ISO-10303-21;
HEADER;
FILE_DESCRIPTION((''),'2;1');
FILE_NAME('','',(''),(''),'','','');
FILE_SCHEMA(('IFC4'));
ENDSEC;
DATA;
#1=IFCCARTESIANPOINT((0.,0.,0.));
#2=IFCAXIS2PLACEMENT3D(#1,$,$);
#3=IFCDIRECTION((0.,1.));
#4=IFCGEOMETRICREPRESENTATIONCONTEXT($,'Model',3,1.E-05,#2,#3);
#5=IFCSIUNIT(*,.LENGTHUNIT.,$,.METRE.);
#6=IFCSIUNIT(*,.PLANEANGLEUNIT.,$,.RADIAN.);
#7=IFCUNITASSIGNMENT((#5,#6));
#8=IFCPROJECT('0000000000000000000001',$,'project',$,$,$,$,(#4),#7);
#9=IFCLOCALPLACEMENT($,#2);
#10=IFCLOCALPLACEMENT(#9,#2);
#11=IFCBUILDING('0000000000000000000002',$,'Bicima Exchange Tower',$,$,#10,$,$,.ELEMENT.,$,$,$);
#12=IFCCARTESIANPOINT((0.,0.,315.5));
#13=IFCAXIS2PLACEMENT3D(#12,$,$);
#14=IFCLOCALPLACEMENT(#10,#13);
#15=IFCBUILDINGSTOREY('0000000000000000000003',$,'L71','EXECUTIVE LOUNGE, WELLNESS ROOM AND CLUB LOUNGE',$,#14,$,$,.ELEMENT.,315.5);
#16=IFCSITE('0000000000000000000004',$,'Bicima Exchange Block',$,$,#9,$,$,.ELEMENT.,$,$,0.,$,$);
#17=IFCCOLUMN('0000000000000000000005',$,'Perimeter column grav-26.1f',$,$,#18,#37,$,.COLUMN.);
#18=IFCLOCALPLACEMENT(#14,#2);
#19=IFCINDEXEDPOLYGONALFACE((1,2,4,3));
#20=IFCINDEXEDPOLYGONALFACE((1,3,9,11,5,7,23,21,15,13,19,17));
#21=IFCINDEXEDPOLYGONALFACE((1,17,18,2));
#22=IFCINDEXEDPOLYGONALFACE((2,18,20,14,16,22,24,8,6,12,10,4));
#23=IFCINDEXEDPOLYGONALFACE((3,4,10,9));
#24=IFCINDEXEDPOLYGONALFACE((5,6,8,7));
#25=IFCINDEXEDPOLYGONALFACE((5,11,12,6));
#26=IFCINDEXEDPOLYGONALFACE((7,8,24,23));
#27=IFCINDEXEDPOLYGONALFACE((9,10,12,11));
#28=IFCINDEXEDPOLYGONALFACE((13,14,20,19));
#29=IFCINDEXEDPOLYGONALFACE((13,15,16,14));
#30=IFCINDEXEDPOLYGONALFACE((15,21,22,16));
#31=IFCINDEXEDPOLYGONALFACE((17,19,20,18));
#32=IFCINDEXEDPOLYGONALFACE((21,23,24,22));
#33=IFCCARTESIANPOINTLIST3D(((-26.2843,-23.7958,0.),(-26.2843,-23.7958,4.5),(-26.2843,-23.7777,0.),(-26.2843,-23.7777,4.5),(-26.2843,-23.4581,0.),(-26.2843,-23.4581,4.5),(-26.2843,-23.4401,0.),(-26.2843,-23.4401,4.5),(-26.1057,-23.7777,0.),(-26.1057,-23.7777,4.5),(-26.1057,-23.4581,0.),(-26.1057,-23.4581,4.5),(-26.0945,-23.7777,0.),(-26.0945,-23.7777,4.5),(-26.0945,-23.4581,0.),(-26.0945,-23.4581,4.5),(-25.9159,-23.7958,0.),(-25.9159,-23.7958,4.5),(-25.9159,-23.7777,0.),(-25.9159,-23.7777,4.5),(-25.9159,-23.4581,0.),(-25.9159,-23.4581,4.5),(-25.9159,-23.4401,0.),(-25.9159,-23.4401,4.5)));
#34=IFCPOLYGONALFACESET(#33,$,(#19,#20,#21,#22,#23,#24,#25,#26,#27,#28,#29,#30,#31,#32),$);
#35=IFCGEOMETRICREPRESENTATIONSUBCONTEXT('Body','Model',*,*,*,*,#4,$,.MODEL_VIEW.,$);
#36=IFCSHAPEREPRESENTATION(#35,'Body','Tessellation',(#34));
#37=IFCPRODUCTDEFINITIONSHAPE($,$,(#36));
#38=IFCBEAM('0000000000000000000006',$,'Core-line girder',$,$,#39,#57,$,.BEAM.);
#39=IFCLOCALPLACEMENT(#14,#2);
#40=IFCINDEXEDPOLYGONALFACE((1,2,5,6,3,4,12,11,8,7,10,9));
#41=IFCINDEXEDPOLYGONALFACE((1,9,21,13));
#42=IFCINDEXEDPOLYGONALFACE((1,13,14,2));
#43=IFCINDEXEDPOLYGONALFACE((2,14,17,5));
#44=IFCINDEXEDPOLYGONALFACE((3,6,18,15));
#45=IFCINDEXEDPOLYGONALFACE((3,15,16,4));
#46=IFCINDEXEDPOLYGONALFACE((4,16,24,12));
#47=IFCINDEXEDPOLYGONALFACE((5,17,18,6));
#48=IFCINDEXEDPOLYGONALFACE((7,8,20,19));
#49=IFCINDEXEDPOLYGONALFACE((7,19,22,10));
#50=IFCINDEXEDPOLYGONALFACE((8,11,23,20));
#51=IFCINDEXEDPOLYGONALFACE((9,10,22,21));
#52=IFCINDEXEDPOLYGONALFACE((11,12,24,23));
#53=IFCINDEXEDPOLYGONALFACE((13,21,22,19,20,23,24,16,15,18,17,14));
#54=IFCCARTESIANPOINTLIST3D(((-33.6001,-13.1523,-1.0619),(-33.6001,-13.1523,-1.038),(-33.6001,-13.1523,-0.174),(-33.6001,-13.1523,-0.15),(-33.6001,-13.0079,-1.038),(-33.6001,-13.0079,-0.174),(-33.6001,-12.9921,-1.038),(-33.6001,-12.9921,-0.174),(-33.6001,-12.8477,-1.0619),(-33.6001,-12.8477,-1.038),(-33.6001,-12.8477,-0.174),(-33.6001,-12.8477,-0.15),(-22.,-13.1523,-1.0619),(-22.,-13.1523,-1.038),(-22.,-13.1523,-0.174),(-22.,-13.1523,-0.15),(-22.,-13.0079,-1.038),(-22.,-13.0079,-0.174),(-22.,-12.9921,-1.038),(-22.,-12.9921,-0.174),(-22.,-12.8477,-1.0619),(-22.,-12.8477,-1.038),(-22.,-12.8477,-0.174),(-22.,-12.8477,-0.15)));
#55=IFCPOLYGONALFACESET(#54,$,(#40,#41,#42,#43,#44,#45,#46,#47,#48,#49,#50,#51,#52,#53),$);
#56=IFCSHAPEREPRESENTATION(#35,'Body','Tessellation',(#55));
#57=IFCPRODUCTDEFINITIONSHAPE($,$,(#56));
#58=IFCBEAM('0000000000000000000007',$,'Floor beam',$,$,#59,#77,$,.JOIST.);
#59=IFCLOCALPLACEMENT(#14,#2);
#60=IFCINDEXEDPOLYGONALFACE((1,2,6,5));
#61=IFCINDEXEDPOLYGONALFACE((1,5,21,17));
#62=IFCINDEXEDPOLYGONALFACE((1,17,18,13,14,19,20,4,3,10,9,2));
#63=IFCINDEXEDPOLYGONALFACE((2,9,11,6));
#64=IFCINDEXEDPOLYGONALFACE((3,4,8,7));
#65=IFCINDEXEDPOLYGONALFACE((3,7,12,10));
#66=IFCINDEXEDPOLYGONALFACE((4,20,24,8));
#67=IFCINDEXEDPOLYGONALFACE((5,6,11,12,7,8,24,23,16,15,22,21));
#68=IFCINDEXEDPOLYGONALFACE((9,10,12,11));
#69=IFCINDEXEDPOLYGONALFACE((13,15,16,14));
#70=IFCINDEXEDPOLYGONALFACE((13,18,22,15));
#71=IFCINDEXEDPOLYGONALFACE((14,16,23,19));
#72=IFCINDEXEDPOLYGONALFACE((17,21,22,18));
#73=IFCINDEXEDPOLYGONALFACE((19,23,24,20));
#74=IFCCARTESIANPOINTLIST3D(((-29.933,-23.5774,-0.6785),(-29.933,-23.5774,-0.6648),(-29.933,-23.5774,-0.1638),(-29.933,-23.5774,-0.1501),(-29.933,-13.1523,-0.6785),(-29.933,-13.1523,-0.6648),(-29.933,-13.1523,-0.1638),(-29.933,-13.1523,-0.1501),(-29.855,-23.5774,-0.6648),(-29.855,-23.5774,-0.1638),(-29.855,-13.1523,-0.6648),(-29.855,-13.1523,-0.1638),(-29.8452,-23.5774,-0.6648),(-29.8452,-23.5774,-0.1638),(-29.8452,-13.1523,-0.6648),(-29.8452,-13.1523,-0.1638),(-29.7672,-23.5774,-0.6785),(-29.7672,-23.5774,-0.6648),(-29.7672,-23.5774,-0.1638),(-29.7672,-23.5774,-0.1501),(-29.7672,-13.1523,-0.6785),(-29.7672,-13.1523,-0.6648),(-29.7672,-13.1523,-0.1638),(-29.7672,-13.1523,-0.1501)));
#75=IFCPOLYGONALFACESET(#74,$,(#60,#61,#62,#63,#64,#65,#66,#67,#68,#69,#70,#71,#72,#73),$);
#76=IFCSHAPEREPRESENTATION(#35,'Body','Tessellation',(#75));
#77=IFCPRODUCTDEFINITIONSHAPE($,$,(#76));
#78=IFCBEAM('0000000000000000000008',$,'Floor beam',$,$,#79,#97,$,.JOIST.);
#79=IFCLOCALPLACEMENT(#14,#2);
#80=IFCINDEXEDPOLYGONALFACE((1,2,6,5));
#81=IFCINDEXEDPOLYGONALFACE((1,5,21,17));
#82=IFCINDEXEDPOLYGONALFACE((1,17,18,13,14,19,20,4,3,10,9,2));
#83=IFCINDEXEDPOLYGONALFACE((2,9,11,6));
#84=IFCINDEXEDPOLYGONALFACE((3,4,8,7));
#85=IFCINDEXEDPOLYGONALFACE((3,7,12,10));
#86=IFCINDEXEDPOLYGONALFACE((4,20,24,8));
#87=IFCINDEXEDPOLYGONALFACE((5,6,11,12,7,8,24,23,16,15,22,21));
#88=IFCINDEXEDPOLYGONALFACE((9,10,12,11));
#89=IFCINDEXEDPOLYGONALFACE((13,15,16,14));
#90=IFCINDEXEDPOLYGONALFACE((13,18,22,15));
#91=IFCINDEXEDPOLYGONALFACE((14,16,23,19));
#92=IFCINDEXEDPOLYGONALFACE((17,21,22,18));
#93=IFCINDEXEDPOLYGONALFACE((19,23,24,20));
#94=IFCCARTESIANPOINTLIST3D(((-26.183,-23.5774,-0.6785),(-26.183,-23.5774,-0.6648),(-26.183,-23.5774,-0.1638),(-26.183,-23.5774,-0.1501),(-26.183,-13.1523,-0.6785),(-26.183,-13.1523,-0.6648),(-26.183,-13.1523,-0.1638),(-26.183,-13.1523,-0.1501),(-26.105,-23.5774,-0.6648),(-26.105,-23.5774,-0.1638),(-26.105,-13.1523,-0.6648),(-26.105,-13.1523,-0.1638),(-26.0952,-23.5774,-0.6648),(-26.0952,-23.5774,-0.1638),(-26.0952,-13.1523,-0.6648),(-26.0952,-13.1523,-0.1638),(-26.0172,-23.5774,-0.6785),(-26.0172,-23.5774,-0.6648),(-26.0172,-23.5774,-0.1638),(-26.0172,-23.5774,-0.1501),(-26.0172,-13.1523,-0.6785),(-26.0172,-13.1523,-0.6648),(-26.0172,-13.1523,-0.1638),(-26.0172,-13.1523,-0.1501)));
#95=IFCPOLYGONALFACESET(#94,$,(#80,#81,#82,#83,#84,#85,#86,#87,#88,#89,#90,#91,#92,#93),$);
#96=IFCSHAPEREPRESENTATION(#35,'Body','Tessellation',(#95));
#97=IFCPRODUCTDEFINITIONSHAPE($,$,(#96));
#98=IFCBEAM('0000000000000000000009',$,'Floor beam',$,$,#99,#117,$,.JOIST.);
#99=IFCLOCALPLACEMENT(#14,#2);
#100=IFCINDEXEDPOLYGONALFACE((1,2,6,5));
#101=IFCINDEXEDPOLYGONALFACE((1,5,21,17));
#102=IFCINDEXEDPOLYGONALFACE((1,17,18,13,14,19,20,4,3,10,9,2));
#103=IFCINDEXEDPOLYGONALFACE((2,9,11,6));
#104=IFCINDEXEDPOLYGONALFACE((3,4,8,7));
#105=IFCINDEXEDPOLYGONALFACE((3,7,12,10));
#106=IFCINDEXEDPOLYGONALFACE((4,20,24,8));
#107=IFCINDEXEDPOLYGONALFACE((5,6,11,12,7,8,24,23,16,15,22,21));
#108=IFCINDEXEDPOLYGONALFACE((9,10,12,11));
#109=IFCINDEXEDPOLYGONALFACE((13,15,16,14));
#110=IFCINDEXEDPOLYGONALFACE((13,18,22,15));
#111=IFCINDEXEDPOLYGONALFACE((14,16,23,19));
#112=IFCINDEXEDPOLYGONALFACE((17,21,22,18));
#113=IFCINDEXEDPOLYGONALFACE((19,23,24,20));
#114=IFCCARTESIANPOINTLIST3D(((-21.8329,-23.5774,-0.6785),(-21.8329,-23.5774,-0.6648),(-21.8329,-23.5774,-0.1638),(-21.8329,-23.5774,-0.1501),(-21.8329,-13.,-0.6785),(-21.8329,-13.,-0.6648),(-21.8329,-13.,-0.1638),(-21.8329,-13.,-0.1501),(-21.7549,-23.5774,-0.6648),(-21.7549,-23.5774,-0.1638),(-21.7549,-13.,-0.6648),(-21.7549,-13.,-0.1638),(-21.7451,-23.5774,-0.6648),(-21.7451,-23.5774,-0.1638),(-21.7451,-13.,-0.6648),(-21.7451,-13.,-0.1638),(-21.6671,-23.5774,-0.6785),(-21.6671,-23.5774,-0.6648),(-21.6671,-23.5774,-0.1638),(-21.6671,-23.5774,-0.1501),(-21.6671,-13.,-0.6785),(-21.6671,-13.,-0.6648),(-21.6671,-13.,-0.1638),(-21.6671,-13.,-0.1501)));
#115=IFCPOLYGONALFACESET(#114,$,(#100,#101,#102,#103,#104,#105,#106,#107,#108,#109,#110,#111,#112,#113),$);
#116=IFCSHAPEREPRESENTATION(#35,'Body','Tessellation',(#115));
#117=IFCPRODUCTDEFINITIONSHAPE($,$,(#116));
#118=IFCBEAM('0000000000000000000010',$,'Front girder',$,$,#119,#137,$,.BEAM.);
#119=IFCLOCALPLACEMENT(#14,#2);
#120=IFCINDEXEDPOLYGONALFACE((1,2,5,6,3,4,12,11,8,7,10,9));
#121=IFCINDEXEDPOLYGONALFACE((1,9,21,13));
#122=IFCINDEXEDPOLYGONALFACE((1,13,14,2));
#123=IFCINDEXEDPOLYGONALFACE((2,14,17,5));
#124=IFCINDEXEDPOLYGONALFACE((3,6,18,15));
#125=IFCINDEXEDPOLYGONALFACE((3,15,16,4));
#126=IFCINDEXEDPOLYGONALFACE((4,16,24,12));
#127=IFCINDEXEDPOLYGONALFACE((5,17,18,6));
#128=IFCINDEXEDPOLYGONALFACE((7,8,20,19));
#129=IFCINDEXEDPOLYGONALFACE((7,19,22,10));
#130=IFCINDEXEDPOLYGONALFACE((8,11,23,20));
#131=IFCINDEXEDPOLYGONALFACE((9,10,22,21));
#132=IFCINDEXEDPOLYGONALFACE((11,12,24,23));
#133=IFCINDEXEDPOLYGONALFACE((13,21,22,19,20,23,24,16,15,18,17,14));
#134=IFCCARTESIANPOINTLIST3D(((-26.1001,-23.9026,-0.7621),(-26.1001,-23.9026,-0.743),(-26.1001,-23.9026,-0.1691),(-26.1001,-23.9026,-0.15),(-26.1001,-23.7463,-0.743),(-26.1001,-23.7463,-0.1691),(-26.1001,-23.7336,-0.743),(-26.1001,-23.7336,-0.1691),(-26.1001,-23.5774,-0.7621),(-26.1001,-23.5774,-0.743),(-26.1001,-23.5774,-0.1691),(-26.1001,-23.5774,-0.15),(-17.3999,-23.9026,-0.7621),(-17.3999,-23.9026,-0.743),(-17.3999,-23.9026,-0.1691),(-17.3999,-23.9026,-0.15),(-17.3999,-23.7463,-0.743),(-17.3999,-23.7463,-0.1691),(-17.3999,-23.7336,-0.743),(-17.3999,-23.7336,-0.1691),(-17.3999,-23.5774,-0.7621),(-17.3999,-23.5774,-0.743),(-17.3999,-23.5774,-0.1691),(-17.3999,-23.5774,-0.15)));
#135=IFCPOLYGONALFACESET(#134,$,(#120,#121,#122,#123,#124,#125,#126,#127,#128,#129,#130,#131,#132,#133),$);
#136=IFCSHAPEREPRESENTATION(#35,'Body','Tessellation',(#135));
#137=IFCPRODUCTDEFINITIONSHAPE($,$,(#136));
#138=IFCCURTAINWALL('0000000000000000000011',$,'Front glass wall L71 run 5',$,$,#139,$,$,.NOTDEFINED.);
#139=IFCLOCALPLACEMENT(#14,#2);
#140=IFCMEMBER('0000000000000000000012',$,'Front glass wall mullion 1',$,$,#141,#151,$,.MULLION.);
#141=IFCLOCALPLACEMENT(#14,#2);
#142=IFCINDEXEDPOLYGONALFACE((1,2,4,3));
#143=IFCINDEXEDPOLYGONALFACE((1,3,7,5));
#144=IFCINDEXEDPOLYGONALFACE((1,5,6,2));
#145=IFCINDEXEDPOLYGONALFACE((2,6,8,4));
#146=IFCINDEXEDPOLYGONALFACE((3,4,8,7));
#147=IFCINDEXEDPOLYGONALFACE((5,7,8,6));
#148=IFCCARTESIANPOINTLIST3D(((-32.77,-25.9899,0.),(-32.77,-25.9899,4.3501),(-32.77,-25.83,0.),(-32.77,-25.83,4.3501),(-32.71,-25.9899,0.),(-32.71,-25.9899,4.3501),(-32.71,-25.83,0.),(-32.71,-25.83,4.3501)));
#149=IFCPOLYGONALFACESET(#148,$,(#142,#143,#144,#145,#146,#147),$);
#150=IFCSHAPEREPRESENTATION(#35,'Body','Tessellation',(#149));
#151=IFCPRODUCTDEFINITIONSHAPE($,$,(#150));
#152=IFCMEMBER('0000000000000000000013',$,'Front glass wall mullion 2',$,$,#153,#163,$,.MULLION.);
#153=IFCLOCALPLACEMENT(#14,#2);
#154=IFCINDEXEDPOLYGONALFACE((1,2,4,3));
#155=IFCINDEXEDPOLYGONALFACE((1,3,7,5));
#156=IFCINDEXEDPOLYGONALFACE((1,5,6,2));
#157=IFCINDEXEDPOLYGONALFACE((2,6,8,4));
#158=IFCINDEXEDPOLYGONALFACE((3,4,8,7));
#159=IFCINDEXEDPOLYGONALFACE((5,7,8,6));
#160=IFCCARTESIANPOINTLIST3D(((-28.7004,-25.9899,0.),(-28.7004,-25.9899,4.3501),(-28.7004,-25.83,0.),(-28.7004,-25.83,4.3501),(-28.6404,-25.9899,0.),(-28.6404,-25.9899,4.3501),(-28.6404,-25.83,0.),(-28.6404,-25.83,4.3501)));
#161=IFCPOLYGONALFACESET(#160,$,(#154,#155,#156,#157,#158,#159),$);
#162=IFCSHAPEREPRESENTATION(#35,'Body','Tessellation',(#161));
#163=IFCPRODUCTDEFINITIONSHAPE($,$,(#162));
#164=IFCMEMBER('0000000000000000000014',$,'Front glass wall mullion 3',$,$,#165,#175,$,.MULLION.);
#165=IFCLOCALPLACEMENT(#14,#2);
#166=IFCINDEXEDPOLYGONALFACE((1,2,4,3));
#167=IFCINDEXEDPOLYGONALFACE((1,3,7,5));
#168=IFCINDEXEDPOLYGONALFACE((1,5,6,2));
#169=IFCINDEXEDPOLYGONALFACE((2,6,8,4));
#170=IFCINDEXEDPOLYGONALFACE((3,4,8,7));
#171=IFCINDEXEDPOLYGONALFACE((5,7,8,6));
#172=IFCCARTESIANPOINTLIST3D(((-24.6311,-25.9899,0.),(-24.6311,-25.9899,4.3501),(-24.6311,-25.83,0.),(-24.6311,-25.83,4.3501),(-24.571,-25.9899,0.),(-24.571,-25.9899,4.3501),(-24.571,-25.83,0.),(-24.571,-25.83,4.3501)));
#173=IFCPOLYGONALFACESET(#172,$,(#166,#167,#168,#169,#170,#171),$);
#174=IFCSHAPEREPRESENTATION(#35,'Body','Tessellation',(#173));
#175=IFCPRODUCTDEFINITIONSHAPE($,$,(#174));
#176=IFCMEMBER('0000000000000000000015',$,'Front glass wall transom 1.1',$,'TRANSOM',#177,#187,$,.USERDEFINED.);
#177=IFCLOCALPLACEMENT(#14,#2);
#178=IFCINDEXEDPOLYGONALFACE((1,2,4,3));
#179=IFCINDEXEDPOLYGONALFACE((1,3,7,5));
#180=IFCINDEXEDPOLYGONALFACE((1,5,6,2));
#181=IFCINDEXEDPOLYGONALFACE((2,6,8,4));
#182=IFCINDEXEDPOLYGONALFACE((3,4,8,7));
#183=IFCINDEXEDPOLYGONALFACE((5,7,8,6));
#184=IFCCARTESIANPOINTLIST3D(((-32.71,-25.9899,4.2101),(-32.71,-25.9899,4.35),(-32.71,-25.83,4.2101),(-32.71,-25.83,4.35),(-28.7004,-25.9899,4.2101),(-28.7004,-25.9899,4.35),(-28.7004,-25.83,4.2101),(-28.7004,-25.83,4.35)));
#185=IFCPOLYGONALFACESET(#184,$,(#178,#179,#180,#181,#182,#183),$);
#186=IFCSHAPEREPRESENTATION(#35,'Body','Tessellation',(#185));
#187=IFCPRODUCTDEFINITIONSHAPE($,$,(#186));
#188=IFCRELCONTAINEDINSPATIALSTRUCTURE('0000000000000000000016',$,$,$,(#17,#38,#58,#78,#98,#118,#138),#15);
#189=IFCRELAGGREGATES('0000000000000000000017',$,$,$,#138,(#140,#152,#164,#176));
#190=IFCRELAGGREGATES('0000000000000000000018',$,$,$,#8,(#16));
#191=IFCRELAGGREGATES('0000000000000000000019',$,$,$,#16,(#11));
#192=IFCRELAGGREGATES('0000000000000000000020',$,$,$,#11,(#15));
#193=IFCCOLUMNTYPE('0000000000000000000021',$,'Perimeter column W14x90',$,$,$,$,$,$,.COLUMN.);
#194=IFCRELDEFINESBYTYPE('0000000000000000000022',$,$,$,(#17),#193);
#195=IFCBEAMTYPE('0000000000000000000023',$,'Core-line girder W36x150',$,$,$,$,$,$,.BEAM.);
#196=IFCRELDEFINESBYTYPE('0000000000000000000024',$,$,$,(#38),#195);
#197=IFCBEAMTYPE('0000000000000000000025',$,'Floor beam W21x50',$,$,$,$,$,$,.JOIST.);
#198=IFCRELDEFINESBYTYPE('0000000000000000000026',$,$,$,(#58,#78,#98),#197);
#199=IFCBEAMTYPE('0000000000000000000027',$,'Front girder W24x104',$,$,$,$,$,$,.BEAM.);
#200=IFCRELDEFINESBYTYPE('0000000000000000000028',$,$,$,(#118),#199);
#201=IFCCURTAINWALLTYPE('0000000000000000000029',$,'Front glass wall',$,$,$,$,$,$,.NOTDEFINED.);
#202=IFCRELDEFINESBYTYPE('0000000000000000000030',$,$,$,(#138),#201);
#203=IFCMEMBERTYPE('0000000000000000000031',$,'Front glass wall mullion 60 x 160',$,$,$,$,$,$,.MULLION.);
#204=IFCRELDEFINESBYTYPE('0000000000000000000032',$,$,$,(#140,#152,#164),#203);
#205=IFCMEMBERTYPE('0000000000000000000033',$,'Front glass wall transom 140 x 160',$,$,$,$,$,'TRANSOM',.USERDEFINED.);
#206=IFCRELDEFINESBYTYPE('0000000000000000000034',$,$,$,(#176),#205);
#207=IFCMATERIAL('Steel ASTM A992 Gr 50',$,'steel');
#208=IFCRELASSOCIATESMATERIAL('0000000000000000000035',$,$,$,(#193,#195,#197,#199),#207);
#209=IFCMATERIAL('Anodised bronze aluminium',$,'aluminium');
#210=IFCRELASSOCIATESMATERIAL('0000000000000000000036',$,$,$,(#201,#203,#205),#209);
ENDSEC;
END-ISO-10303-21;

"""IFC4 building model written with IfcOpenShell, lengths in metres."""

from ifc_helpers import new_model, si_unit, direction, frame, origin, origin_2d, place, context, subcontext, project, spatial, rectangle, i_section, extrude, material, material_profile, profile_set, type_object, element, aggregate, save


model = new_model("IFC4")

# Units and contexts
model_context = context("Model", 3, precision=1e-05, world=origin(), true_north=direction((0.0, 1.0)))
body_context = subcontext(model_context, "Body", "Model", "MODEL_VIEW")
ifc_project = project(units=[si_unit("LENGTHUNIT", "METRE"), si_unit("PLANEANGLEUNIT", "RADIAN")], contexts=[model_context])

# Site, building, storey
site_placement = place(None, origin())
site = spatial("IfcSite", under=ifc_project, at=site_placement, Name="Bicima Exchange Block", CompositionType="ELEMENT", RefElevation=0.0)
building_placement = place(site_placement, origin())
building = spatial("IfcBuilding", under=site, at=building_placement, Name="Bicima Exchange Tower", CompositionType="ELEMENT")
storey_placement = place(building_placement, frame((0.0, 0.0, 315.5)))
storey = spatial("IfcBuildingStorey", under=building, at=storey_placement, Name="L71", Description="EXECUTIVE LOUNGE, WELLNESS ROOM AND CLUB LOUNGE", CompositionType="ELEMENT", Elevation=315.5)

# Column
ifc_material_1 = material(Name="Steel ASTM A992 Gr 50", Category="steel")
ifc_material_profile_1 = material_profile(ifc_material_1, i_section(OverallWidth=0.3684, OverallDepth=0.3557, WebThickness=0.0112, FlangeThickness=0.0181, at=origin_2d()))
ifc_profile_set_1 = profile_set([ifc_material_profile_1], Name="Steel ASTM A992 Gr 50")
column_type = type_object("IfcColumnType", Name="Perimeter column W14x90", PredefinedType="COLUMN", material=ifc_profile_set_1)
column_placement = place(storey_placement, frame((-26.1001, -23.6179, 0.0), z_axis=(0.0, 0.0, 1.0), x_axis=(1.0, 0.0, 0.0)))
element("IfcColumn", 1, at=column_placement, inside=storey, type_object=column_type, Name="Perimeter column grav-26.1f", PredefinedType="COLUMN", context=body_context, shape_type="SweptSolid", body=[
    extrude(i_section(OverallWidth=0.3684, OverallDepth=0.3557, WebThickness=0.0112, FlangeThickness=0.0181, at=origin_2d()), origin(), (0.0, 0.0, 1.0), 4.5),
])

# Beams
ifc_material_profile_2 = material_profile(ifc_material_1, i_section(OverallWidth=0.3047, OverallDepth=0.9119, WebThickness=0.0159, FlangeThickness=0.0239, at=origin_2d()))
ifc_profile_set_2 = profile_set([ifc_material_profile_2], Name="Steel ASTM A992 Gr 50")
beam_type_1 = type_object("IfcBeamType", Name="Core-line girder W36x150", PredefinedType="BEAM", material=ifc_profile_set_2)
beam_1_placement = place(storey_placement, frame((-22.0, -13.0, -0.606), z_axis=(-1.0, 0.0, 0.0), x_axis=(0.0, -1.0, 0.0)))
element("IfcBeam", 2, at=beam_1_placement, inside=storey, type_object=beam_type_1, Name="Core-line girder", PredefinedType="BEAM", context=body_context, shape_type="SweptSolid", body=[
    extrude(i_section(OverallWidth=0.3047, OverallDepth=0.9119, WebThickness=0.0159, FlangeThickness=0.0239, at=origin_2d()), origin(), (0.0, 0.0, 1.0), 11.6001),
])
ifc_material_profile_3 = material_profile(ifc_material_1, i_section(OverallWidth=0.1658, OverallDepth=0.5283, WebThickness=0.0098, FlangeThickness=0.0137, at=origin_2d()))
ifc_profile_set_3 = profile_set([ifc_material_profile_3], Name="Steel ASTM A992 Gr 50")
beam_type_2 = type_object("IfcBeamType", Name="Floor beam W21x50", PredefinedType="JOIST", material=ifc_profile_set_3)
for number, where, z_axis, x_axis, name in (
    (3, (-29.8501, -13.1523, -0.4143), (0.0, -1.0, 0.0), (1.0, 0.0, 0.0), "Floor beam"),
    (4, (-26.1001, -13.1523, -0.4143), (0.0, -1.0, 0.0), (1.0, 0.0, 0.0), "Floor beam"),
):
    element("IfcBeam", number, at=place(storey_placement, frame(where, z_axis=z_axis, x_axis=x_axis)), inside=storey, type_object=beam_type_2, Name=name, PredefinedType="JOIST", context=body_context, shape_type="SweptSolid", body=[
        extrude(i_section(OverallWidth=0.1658, OverallDepth=0.5283, WebThickness=0.0098, FlangeThickness=0.0137, at=origin_2d()), origin(), (0.0, 0.0, 1.0), 10.425),
    ])
beam_2_placement = place(storey_placement, frame((-21.75, -13.0, -0.4143), z_axis=(0.0, -1.0, 0.0), x_axis=(1.0, 0.0, 0.0)))
element("IfcBeam", 5, at=beam_2_placement, inside=storey, type_object=beam_type_2, Name="Floor beam", PredefinedType="JOIST", context=body_context, shape_type="SweptSolid", body=[
    extrude(i_section(OverallWidth=0.1658, OverallDepth=0.5283, WebThickness=0.0098, FlangeThickness=0.0137, at=origin_2d()), origin(), (0.0, 0.0, 1.0), 10.5774),
])
ifc_material_profile_4 = material_profile(ifc_material_1, i_section(OverallWidth=0.3252, OverallDepth=0.6121, WebThickness=0.0127, FlangeThickness=0.019, at=origin_2d()))
ifc_profile_set_4 = profile_set([ifc_material_profile_4], Name="Steel ASTM A992 Gr 50")
beam_type_3 = type_object("IfcBeamType", Name="Front girder W24x104", PredefinedType="BEAM", material=ifc_profile_set_4)
beam_3_placement = place(storey_placement, frame((-26.1001, -23.74, -0.4561), z_axis=(1.0, 0.0, 0.0), x_axis=(0.0, 1.0, 0.0)))
element("IfcBeam", 6, at=beam_3_placement, inside=storey, type_object=beam_type_3, Name="Front girder", PredefinedType="BEAM", context=body_context, shape_type="SweptSolid", body=[
    extrude(i_section(OverallWidth=0.3252, OverallDepth=0.6121, WebThickness=0.0127, FlangeThickness=0.019, at=origin_2d()), origin(), (0.0, 0.0, 1.0), 8.7002),
])

# Curtain wall, members
ifc_material_2 = material(Name="Anodised bronze aluminium", Category="aluminium")
curtain_wall_type = type_object("IfcCurtainWallType", Name="Front glass wall", PredefinedType="NOTDEFINED", material=ifc_material_2)
curtain_wall_placement = place(storey_placement, origin())
curtain_wall = element("IfcCurtainWall", 7, at=curtain_wall_placement, inside=storey, type_object=curtain_wall_type, Name="Front glass wall L71 run 5", PredefinedType="NOTDEFINED")
ifc_material_profile_5 = material_profile(ifc_material_2, rectangle(XDim=0.1599, YDim=0.0601, at=origin_2d()))
ifc_profile_set_5 = profile_set([ifc_material_profile_5], Name="Anodised bronze aluminium")
member_type_1 = type_object("IfcMemberType", Name="Front glass wall mullion 60 x 160", PredefinedType="MULLION", material=ifc_profile_set_5)
member_1_placement = place(storey_placement, frame((-32.74, -25.9099, 0.0), z_axis=(0.0, 0.0, 1.0), x_axis=(0.0, 1.0, 0.0)))
member_1 = element("IfcMember", 8, at=member_1_placement, type_object=member_type_1, Name="Front glass wall mullion 1", PredefinedType="MULLION", context=body_context, shape_type="SweptSolid", body=[
    extrude(rectangle(XDim=0.1599, YDim=0.0601, at=origin_2d()), origin(), (0.0, 0.0, 1.0), 4.3501),
])
member_2_placement = place(storey_placement, frame((-28.6704, -25.9099, 0.0), z_axis=(0.0, 0.0, 1.0), x_axis=(0.0, 1.0, 0.0)))
member_2 = element("IfcMember", 9, at=member_2_placement, type_object=member_type_1, Name="Front glass wall mullion 2", PredefinedType="MULLION", context=body_context, shape_type="SweptSolid", body=[
    extrude(rectangle(XDim=0.1599, YDim=0.0601, at=origin_2d()), origin(), (0.0, 0.0, 1.0), 4.3501),
])
member_3_placement = place(storey_placement, frame((-24.6011, -25.9099, 0.0), z_axis=(0.0, 0.0, 1.0), x_axis=(0.0, 1.0, 0.0)))
member_3 = element("IfcMember", 10, at=member_3_placement, type_object=member_type_1, Name="Front glass wall mullion 3", PredefinedType="MULLION", context=body_context, shape_type="SweptSolid", body=[
    extrude(rectangle(XDim=0.1599, YDim=0.0601, at=origin_2d()), origin(), (0.0, 0.0, 1.0), 4.3501),
])
ifc_material_profile_6 = material_profile(ifc_material_2, rectangle(XDim=0.1599, YDim=0.1399, at=origin_2d()))
ifc_profile_set_6 = profile_set([ifc_material_profile_6], Name="Anodised bronze aluminium")
member_type_2 = type_object("IfcMemberType", Name="Front glass wall transom 140 x 160", ElementType="TRANSOM", PredefinedType="USERDEFINED", material=ifc_profile_set_6)
member_4_placement = place(storey_placement, frame((-32.71, -25.9099, 4.28), z_axis=(1.0, 0.0, 0.0), x_axis=(0.0, 1.0, 0.0)))
member_4 = element("IfcMember", 11, at=member_4_placement, type_object=member_type_2, Name="Front glass wall transom 1.1", ObjectType="TRANSOM", PredefinedType="USERDEFINED", context=body_context, shape_type="SweptSolid", body=[
    extrude(rectangle(XDim=0.1599, YDim=0.1399, at=origin_2d()), origin(), (0.0, 0.0, 1.0), 4.0095),
])
aggregate(curtain_wall, [member_1, member_2, member_3, member_4])

save(model, "model.ifc")
